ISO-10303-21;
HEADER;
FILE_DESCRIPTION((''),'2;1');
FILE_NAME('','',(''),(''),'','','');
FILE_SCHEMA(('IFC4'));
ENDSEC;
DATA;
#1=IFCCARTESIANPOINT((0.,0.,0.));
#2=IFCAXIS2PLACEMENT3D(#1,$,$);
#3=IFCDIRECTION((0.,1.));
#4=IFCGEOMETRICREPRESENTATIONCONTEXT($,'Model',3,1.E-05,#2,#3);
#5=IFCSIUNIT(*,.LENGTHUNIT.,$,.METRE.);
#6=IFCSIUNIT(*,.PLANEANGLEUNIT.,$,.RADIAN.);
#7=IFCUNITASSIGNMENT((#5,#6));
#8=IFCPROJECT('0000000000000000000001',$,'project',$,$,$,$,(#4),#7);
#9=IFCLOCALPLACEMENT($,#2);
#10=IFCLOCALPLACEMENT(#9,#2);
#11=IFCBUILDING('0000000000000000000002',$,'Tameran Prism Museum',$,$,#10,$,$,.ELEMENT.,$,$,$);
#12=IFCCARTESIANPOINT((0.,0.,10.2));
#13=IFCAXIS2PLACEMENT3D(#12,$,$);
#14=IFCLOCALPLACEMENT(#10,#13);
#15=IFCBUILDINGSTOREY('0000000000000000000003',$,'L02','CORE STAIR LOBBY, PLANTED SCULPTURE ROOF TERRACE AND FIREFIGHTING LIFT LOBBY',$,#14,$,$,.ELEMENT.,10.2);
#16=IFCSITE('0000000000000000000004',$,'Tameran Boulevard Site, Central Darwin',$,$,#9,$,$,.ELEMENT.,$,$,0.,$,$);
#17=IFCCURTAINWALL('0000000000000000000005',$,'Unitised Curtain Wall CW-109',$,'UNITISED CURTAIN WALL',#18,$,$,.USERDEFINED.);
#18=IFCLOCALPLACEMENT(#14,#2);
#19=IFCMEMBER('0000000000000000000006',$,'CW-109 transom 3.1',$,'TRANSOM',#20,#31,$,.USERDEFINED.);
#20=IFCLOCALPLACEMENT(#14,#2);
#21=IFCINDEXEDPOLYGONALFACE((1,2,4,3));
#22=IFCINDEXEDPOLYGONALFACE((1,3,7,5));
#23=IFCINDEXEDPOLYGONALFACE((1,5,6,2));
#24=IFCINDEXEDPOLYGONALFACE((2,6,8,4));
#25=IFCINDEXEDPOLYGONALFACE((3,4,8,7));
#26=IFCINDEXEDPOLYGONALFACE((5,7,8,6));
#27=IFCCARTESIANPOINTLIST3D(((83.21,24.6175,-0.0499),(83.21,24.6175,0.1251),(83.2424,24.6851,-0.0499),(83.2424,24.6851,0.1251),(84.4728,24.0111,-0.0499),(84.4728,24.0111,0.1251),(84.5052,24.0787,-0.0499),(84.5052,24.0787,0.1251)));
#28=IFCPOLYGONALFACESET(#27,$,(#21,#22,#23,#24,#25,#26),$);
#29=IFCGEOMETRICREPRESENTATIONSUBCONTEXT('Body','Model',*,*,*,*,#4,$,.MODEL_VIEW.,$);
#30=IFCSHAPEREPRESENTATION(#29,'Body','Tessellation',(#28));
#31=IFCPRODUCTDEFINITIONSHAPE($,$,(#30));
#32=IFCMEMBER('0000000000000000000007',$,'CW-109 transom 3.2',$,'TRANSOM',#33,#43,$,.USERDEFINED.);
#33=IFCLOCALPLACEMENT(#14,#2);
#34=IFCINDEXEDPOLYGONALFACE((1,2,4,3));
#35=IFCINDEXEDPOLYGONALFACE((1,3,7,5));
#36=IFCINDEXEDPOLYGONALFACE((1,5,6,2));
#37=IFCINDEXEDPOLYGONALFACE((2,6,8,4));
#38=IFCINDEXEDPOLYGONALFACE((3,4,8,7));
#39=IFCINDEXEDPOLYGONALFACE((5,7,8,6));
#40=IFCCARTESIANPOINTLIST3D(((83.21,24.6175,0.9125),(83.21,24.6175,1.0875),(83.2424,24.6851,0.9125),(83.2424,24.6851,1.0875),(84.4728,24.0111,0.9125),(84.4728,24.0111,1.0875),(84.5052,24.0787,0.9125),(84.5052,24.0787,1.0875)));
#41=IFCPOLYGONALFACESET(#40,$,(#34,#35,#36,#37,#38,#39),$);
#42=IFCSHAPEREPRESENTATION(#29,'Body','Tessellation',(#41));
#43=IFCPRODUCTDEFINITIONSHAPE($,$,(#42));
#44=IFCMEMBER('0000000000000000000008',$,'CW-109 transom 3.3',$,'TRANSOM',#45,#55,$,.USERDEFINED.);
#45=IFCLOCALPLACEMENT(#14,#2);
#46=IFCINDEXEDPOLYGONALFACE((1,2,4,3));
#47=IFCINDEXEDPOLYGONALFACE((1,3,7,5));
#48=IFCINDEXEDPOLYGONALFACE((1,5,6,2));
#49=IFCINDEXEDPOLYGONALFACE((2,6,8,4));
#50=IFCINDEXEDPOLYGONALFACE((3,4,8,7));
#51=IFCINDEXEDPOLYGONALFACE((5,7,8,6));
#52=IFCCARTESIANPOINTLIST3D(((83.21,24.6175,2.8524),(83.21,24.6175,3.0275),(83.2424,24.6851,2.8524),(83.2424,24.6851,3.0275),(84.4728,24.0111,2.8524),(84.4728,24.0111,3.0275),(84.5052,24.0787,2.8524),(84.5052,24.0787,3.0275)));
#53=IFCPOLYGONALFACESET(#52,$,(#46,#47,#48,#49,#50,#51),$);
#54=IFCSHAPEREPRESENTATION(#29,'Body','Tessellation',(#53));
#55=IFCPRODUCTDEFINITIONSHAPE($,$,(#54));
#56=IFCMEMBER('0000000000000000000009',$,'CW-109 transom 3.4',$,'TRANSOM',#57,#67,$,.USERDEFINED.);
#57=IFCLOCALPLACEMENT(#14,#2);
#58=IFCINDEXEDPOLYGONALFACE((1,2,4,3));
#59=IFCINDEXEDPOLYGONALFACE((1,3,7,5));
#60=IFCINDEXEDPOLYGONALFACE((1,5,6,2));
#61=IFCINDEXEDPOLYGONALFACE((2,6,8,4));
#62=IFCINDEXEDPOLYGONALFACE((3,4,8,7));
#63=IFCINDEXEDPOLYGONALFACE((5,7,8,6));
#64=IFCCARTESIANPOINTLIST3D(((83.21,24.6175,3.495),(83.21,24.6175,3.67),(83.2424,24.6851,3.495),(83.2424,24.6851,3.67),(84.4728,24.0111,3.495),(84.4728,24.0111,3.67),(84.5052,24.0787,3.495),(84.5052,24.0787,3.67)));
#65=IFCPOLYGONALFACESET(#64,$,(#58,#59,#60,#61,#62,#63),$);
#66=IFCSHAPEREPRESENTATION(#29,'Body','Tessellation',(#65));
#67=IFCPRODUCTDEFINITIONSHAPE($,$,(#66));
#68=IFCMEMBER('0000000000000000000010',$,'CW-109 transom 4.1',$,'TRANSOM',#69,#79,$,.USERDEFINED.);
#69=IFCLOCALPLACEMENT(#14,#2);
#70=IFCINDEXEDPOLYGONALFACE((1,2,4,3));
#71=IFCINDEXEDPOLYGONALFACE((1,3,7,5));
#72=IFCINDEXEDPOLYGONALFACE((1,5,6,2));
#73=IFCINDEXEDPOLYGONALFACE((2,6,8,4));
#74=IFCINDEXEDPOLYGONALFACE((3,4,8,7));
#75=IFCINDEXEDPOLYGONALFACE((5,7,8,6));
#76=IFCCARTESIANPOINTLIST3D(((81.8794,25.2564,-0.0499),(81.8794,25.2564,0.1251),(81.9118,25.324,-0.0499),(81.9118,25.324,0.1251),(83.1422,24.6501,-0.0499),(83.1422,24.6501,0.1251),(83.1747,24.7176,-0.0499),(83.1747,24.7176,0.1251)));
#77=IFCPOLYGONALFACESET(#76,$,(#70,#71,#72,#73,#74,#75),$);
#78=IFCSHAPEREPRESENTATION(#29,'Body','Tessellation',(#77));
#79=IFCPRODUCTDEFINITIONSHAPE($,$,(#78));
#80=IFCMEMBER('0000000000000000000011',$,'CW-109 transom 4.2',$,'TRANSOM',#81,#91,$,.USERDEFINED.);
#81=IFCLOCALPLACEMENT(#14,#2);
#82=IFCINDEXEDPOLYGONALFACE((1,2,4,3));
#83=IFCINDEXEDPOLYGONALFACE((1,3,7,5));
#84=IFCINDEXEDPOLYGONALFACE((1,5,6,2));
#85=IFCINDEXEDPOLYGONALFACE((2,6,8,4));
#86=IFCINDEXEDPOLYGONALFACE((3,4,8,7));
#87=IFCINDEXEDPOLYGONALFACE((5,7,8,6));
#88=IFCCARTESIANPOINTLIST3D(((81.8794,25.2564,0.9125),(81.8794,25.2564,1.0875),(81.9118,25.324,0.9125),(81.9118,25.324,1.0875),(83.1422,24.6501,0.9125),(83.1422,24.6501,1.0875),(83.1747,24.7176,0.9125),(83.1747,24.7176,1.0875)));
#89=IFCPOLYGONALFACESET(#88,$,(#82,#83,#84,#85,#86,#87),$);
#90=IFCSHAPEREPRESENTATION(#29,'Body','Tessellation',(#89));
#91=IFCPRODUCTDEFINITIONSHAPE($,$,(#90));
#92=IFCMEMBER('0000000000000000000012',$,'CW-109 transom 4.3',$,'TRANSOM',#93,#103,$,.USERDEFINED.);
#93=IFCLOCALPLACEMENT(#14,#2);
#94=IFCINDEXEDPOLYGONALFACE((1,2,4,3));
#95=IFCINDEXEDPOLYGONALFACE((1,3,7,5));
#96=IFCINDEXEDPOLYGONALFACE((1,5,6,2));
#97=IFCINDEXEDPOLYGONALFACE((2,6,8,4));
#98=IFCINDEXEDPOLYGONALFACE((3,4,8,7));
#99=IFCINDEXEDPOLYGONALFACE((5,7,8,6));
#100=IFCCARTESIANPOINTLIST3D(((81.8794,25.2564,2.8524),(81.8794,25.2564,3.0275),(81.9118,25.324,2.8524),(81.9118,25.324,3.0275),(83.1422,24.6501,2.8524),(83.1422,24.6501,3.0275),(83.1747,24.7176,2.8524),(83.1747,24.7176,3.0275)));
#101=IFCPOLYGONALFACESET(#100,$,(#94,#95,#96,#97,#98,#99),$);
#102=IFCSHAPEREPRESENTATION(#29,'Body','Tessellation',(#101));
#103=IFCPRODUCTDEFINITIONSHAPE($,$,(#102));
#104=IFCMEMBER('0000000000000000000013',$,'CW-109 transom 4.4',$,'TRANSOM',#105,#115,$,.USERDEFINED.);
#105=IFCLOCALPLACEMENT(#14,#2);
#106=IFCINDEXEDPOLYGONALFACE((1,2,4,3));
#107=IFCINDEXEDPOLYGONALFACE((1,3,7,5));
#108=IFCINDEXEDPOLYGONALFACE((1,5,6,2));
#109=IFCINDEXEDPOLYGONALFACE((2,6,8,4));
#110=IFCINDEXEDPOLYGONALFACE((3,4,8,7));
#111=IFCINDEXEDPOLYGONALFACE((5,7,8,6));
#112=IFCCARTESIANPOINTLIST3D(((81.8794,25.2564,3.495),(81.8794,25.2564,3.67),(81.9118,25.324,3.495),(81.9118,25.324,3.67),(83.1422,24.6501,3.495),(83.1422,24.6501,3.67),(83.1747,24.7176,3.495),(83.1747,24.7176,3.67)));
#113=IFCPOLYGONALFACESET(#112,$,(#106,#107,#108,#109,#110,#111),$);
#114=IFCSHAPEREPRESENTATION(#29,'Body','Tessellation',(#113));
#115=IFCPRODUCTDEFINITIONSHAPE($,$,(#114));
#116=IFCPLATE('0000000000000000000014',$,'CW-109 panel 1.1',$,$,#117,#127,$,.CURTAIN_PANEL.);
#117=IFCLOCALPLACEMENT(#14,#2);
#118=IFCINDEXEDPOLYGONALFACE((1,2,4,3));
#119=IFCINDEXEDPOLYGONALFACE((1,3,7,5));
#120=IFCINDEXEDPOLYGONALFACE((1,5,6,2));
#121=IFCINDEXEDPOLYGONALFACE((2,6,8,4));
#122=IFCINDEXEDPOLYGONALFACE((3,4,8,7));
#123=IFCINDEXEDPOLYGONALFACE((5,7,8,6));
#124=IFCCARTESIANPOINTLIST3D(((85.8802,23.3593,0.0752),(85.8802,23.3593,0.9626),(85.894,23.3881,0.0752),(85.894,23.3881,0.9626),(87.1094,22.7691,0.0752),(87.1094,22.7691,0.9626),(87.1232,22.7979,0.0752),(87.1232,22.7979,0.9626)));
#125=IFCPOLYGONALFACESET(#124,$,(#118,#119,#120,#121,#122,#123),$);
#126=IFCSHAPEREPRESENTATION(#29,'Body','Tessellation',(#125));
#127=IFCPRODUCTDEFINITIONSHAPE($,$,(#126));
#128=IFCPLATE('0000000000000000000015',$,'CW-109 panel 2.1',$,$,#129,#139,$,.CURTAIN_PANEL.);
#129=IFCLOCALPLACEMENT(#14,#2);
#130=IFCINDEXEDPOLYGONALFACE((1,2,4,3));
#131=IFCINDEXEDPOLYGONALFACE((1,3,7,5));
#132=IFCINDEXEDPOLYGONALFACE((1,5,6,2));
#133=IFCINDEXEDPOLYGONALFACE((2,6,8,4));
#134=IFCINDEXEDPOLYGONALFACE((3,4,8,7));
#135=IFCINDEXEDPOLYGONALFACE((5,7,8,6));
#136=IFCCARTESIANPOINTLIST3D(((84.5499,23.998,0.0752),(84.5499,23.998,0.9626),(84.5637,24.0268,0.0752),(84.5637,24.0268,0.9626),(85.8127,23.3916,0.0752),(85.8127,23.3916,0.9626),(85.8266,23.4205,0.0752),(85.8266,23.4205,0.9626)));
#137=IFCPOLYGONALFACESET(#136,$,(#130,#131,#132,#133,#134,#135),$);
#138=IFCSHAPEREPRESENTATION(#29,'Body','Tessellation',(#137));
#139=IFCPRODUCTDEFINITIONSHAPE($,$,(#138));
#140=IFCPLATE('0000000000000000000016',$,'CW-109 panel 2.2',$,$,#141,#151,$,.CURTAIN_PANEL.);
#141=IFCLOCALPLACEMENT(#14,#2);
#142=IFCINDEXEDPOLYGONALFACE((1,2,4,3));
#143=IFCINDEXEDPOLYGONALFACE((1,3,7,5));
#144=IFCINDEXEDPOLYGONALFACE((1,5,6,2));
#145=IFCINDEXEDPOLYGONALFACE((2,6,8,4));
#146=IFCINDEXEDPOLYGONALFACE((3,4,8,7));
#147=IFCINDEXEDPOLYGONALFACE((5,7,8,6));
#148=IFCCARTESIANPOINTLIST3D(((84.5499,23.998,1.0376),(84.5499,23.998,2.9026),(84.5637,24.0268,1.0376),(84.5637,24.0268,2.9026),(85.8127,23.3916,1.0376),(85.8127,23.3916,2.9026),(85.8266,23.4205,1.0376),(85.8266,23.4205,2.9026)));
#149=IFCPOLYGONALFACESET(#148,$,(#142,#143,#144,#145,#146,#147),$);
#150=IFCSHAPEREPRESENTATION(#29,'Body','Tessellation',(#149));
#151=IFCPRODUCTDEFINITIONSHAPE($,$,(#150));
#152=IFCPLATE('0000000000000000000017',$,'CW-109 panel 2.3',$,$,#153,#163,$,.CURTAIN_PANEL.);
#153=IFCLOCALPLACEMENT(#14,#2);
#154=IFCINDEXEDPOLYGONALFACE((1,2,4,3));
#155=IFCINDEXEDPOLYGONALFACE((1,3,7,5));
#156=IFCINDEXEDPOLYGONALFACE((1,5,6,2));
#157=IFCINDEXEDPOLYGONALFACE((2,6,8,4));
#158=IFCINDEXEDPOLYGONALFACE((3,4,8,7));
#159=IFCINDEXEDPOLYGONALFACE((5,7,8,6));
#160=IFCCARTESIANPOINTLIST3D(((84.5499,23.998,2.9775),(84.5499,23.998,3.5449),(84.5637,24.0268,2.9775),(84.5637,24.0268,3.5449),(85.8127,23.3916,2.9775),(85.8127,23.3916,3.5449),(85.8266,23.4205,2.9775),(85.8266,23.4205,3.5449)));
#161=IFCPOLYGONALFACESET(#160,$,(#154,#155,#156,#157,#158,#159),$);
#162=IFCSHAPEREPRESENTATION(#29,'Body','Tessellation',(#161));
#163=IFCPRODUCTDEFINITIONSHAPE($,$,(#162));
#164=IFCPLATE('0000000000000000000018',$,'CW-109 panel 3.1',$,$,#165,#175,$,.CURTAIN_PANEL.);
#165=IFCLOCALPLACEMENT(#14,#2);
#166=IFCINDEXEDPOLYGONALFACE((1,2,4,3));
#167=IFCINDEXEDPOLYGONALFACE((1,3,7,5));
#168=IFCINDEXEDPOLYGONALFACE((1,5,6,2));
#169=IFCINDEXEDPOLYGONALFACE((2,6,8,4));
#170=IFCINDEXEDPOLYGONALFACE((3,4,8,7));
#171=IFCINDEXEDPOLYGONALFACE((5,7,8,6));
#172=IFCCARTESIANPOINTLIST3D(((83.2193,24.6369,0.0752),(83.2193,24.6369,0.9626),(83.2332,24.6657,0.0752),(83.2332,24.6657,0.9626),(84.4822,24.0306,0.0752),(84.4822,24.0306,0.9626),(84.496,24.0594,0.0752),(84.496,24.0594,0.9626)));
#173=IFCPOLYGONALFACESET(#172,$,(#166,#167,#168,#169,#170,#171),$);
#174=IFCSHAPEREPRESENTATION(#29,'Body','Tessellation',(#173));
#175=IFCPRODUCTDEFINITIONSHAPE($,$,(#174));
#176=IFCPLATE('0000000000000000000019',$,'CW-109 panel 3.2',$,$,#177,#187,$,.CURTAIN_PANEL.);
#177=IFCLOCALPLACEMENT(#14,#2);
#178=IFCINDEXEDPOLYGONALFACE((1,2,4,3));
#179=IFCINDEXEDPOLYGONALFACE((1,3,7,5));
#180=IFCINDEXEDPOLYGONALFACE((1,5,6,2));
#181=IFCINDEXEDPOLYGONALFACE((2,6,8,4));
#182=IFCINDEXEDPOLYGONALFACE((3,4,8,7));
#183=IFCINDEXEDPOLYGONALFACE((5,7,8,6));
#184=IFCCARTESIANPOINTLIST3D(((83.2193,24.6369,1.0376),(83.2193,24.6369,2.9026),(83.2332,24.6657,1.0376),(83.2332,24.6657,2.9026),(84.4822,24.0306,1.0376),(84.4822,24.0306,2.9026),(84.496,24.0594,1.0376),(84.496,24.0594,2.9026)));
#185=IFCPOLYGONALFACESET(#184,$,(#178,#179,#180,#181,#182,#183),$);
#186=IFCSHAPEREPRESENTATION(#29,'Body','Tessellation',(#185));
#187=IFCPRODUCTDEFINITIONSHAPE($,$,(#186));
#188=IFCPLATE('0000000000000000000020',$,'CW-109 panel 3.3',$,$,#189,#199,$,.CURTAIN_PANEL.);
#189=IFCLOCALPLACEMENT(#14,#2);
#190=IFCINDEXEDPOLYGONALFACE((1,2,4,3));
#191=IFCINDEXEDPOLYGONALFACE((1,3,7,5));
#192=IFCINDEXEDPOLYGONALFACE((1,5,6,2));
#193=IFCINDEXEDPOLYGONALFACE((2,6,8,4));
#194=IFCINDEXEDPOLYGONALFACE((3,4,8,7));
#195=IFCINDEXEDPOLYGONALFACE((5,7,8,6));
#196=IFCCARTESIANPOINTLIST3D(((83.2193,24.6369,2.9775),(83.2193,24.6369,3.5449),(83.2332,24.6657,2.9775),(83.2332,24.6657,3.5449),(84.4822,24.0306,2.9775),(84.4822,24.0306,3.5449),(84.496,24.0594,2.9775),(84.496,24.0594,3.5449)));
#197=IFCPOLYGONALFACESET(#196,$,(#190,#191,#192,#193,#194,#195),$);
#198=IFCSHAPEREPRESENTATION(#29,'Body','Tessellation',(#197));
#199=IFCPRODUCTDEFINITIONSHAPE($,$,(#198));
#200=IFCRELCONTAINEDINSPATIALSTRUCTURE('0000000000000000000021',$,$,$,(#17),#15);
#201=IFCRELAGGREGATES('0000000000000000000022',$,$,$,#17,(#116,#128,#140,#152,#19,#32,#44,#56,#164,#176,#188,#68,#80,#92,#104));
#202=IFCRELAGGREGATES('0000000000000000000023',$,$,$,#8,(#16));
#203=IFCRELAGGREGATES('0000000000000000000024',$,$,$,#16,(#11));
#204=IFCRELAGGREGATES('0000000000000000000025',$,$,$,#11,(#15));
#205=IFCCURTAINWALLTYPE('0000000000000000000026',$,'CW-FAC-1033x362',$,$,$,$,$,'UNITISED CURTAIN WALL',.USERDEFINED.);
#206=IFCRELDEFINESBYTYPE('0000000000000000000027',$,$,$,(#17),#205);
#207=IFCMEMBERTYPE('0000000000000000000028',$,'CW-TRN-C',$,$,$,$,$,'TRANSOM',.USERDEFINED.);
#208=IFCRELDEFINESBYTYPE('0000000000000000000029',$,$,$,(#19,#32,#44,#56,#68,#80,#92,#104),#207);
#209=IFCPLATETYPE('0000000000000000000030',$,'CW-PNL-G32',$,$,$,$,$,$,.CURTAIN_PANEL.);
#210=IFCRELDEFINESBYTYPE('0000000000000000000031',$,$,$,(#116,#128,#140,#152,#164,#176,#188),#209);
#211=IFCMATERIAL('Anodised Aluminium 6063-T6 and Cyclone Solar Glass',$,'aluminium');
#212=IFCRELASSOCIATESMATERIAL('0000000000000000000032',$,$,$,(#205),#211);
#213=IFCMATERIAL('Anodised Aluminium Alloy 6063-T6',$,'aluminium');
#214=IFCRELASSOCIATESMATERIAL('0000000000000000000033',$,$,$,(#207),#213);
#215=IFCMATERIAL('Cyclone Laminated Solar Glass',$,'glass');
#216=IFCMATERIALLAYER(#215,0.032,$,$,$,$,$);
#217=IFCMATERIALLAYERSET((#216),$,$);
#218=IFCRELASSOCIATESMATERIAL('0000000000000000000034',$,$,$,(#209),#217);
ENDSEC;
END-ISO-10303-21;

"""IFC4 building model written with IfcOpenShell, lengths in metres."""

from ifc_helpers import new_model, si_unit, direction, frame, origin, origin_2d, place, context, subcontext, project, spatial, rectangle, extrude, material, layer, layer_set, material_profile, profile_set, type_object, element, aggregate, save


model = new_model("IFC4")

# Units and contexts
model_context = context("Model", 3, precision=1e-05, world=origin(), true_north=direction((0.0, 1.0)))
body_context = subcontext(model_context, "Body", "Model", "MODEL_VIEW")
ifc_project = project(units=[si_unit("LENGTHUNIT", "METRE"), si_unit("PLANEANGLEUNIT", "RADIAN")], contexts=[model_context])

# Site, building, storey
site_placement = place(None, origin())
site = spatial("IfcSite", under=ifc_project, at=site_placement, Name="Tameran Boulevard Site, Central Darwin", CompositionType="ELEMENT", RefElevation=0.0)
building_placement = place(site_placement, origin())
building = spatial("IfcBuilding", under=site, at=building_placement, Name="Tameran Prism Museum", CompositionType="ELEMENT")
storey_placement = place(building_placement, frame((0.0, 0.0, 10.2)))
storey = spatial("IfcBuildingStorey", under=building, at=storey_placement, Name="L02", Description="CORE STAIR LOBBY, PLANTED SCULPTURE ROOF TERRACE AND FIREFIGHTING LIFT LOBBY", CompositionType="ELEMENT", Elevation=10.2)

# Curtain wall, members, plates
ifc_material_1 = material(Name="Anodised Aluminium 6063-T6 and Cyclone Solar Glass", Category="aluminium")
curtain_wall_type = type_object("IfcCurtainWallType", Name="CW-FAC-1033x362", ElementType="UNITISED CURTAIN WALL", PredefinedType="USERDEFINED", material=ifc_material_1)
curtain_wall_placement = place(storey_placement, origin())
curtain_wall = element("IfcCurtainWall", 1, at=curtain_wall_placement, inside=storey, type_object=curtain_wall_type, Name="Unitised Curtain Wall CW-109", ObjectType="UNITISED CURTAIN WALL", PredefinedType="USERDEFINED")
ifc_material_2 = material(Name="Anodised Aluminium Alloy 6063-T6", Category="aluminium")
ifc_material_profile_1 = material_profile(ifc_material_2, rectangle(XDim=0.075, YDim=0.175, at=origin_2d()))
ifc_profile_set_1 = profile_set([ifc_material_profile_1])
member_type_1 = type_object("IfcMemberType", Name="CW-TRN-C", ElementType="TRANSOM", PredefinedType="USERDEFINED", material=ifc_profile_set_1)
member_1_placement = place(storey_placement, frame((84.489, 24.0449, 0.0376), z_axis=(-0.901458, 0.432867, 0.0), x_axis=(-0.432867, -0.901458, 0.0)))
member_1 = element("IfcMember", 2, at=member_1_placement, type_object=member_type_1, Name="CW-109 transom 3.1", ObjectType="TRANSOM", PredefinedType="USERDEFINED", context=body_context, shape_type="SweptSolid", body=[
    extrude(rectangle(XDim=0.075, YDim=0.175, at=origin_2d()), origin(), (0.0, 0.0, 1.0), 1.4009),
])
member_2_placement = place(storey_placement, frame((84.489, 24.0449, 1.0), z_axis=(-0.901458, 0.432867, 0.0), x_axis=(-0.432867, -0.901458, 0.0)))
member_2 = element("IfcMember", 3, at=member_2_placement, type_object=member_type_1, Name="CW-109 transom 3.2", ObjectType="TRANSOM", PredefinedType="USERDEFINED", context=body_context, shape_type="SweptSolid", body=[
    extrude(rectangle(XDim=0.075, YDim=0.175, at=origin_2d()), origin(), (0.0, 0.0, 1.0), 1.4009),
])
member_3_placement = place(storey_placement, frame((84.489, 24.0449, 2.9399), z_axis=(-0.901458, 0.432867, 0.0), x_axis=(-0.432867, -0.901458, 0.0)))
member_3 = element("IfcMember", 4, at=member_3_placement, type_object=member_type_1, Name="CW-109 transom 3.3", ObjectType="TRANSOM", PredefinedType="USERDEFINED", context=body_context, shape_type="SweptSolid", body=[
    extrude(rectangle(XDim=0.075, YDim=0.175, at=origin_2d()), origin(), (0.0, 0.0, 1.0), 1.4009),
])
member_4_placement = place(storey_placement, frame((84.489, 24.0449, 3.5825), z_axis=(-0.901458, 0.432867, 0.0), x_axis=(-0.432867, -0.901458, 0.0)))
member_4 = element("IfcMember", 5, at=member_4_placement, type_object=member_type_1, Name="CW-109 transom 3.4", ObjectType="TRANSOM", PredefinedType="USERDEFINED", context=body_context, shape_type="SweptSolid", body=[
    extrude(rectangle(XDim=0.075, YDim=0.175, at=origin_2d()), origin(), (0.0, 0.0, 1.0), 1.4009),
])
member_5_placement = place(storey_placement, frame((83.1584, 24.6838, 0.0376), z_axis=(-0.901458, 0.432867, 0.0), x_axis=(-0.432867, -0.901458, 0.0)))
member_5 = element("IfcMember", 6, at=member_5_placement, type_object=member_type_1, Name="CW-109 transom 4.1", ObjectType="TRANSOM", PredefinedType="USERDEFINED", context=body_context, shape_type="SweptSolid", body=[
    extrude(rectangle(XDim=0.075, YDim=0.175, at=origin_2d()), origin(), (0.0, 0.0, 1.0), 1.4009),
])
member_6_placement = place(storey_placement, frame((83.1584, 24.6838, 1.0), z_axis=(-0.901458, 0.432867, 0.0), x_axis=(-0.432867, -0.901458, 0.0)))
member_6 = element("IfcMember", 7, at=member_6_placement, type_object=member_type_1, Name="CW-109 transom 4.2", ObjectType="TRANSOM", PredefinedType="USERDEFINED", context=body_context, shape_type="SweptSolid", body=[
    extrude(rectangle(XDim=0.075, YDim=0.175, at=origin_2d()), origin(), (0.0, 0.0, 1.0), 1.4009),
])
member_7_placement = place(storey_placement, frame((83.1584, 24.6838, 2.9399), z_axis=(-0.901458, 0.432867, 0.0), x_axis=(-0.432867, -0.901458, 0.0)))
member_7 = element("IfcMember", 8, at=member_7_placement, type_object=member_type_1, Name="CW-109 transom 4.3", ObjectType="TRANSOM", PredefinedType="USERDEFINED", context=body_context, shape_type="SweptSolid", body=[
    extrude(rectangle(XDim=0.075, YDim=0.175, at=origin_2d()), origin(), (0.0, 0.0, 1.0), 1.4009),
])
member_8_placement = place(storey_placement, frame((83.1584, 24.6838, 3.5825), z_axis=(-0.901458, 0.432867, 0.0), x_axis=(-0.432867, -0.901458, 0.0)))
member_8 = element("IfcMember", 9, at=member_8_placement, type_object=member_type_1, Name="CW-109 transom 4.4", ObjectType="TRANSOM", PredefinedType="USERDEFINED", context=body_context, shape_type="SweptSolid", body=[
    extrude(rectangle(XDim=0.075, YDim=0.175, at=origin_2d()), origin(), (0.0, 0.0, 1.0), 1.4009),
])
ifc_material_3 = material(Name="Cyclone Laminated Solar Glass", Category="glass")
ifc_layer = layer(ifc_material_3, 0.032)
ifc_layer_set = layer_set([ifc_layer])
plate_type = type_object("IfcPlateType", Name="CW-PNL-G32", PredefinedType="CURTAIN_PANEL", material=ifc_layer_set)
plate_1_placement = place(storey_placement, frame((86.5017, 23.0786, 0.0752), z_axis=(0.0, 0.0, 1.0), x_axis=(-0.901475, 0.432832, 0.0)))
plate_1 = element("IfcPlate", 10, at=plate_1_placement, type_object=plate_type, Name="CW-109 panel 1.1", PredefinedType="CURTAIN_PANEL", context=body_context, shape_type="SweptSolid", body=[
    extrude(rectangle(XDim=1.3635, YDim=0.032, at=origin_2d()), origin(), (0.0, 0.0, 1.0), 0.8875),
])
plate_2_placement = place(storey_placement, frame((85.1882, 23.7092, 0.0752), z_axis=(0.0, 0.0, 1.0), x_axis=(-0.901475, 0.432832, 0.0)))
plate_2 = element("IfcPlate", 11, at=plate_2_placement, type_object=plate_type, Name="CW-109 panel 2.1", PredefinedType="CURTAIN_PANEL", context=body_context, shape_type="SweptSolid", body=[
    extrude(rectangle(XDim=1.4009, YDim=0.032, at=origin_2d()), origin(), (0.0, 0.0, 1.0), 0.8875),
])
plate_3_placement = place(storey_placement, frame((85.1882, 23.7092, 1.0376), z_axis=(0.0, 0.0, 1.0), x_axis=(-0.901475, 0.432832, 0.0)))
plate_3 = element("IfcPlate", 12, at=plate_3_placement, type_object=plate_type, Name="CW-109 panel 2.2", PredefinedType="CURTAIN_PANEL", context=body_context, shape_type="SweptSolid", body=[
    extrude(rectangle(XDim=1.4009, YDim=0.032, at=origin_2d()), origin(), (0.0, 0.0, 1.0), 1.865),
])
plate_4_placement = place(storey_placement, frame((85.1882, 23.7092, 2.9775), z_axis=(0.0, 0.0, 1.0), x_axis=(-0.901475, 0.432832, 0.0)))
plate_4 = element("IfcPlate", 13, at=plate_4_placement, type_object=plate_type, Name="CW-109 panel 2.3", PredefinedType="CURTAIN_PANEL", context=body_context, shape_type="SweptSolid", body=[
    extrude(rectangle(XDim=1.4009, YDim=0.032, at=origin_2d()), origin(), (0.0, 0.0, 1.0), 0.5674),
])
plate_5_placement = place(storey_placement, frame((83.8577, 24.3481, 0.0752), z_axis=(0.0, 0.0, 1.0), x_axis=(-0.901475, 0.432832, 0.0)))
plate_5 = element("IfcPlate", 14, at=plate_5_placement, type_object=plate_type, Name="CW-109 panel 3.1", PredefinedType="CURTAIN_PANEL", context=body_context, shape_type="SweptSolid", body=[
    extrude(rectangle(XDim=1.4009, YDim=0.032, at=origin_2d()), origin(), (0.0, 0.0, 1.0), 0.8875),
])
plate_6_placement = place(storey_placement, frame((83.8577, 24.3481, 1.0376), z_axis=(0.0, 0.0, 1.0), x_axis=(-0.901475, 0.432832, 0.0)))
plate_6 = element("IfcPlate", 15, at=plate_6_placement, type_object=plate_type, Name="CW-109 panel 3.2", PredefinedType="CURTAIN_PANEL", context=body_context, shape_type="SweptSolid", body=[
    extrude(rectangle(XDim=1.4009, YDim=0.032, at=origin_2d()), origin(), (0.0, 0.0, 1.0), 1.865),
])
plate_7_placement = place(storey_placement, frame((83.8577, 24.3481, 2.9775), z_axis=(0.0, 0.0, 1.0), x_axis=(-0.901475, 0.432832, 0.0)))
plate_7 = element("IfcPlate", 16, at=plate_7_placement, type_object=plate_type, Name="CW-109 panel 3.3", PredefinedType="CURTAIN_PANEL", context=body_context, shape_type="SweptSolid", body=[
    extrude(rectangle(XDim=1.4009, YDim=0.032, at=origin_2d()), origin(), (0.0, 0.0, 1.0), 0.5674),
])
aggregate(curtain_wall, [plate_1, plate_2, plate_3, plate_4, member_1, member_2, member_3, member_4, plate_5, plate_6, plate_7, member_5, member_6, member_7, member_8])

save(model, "model.ifc")
